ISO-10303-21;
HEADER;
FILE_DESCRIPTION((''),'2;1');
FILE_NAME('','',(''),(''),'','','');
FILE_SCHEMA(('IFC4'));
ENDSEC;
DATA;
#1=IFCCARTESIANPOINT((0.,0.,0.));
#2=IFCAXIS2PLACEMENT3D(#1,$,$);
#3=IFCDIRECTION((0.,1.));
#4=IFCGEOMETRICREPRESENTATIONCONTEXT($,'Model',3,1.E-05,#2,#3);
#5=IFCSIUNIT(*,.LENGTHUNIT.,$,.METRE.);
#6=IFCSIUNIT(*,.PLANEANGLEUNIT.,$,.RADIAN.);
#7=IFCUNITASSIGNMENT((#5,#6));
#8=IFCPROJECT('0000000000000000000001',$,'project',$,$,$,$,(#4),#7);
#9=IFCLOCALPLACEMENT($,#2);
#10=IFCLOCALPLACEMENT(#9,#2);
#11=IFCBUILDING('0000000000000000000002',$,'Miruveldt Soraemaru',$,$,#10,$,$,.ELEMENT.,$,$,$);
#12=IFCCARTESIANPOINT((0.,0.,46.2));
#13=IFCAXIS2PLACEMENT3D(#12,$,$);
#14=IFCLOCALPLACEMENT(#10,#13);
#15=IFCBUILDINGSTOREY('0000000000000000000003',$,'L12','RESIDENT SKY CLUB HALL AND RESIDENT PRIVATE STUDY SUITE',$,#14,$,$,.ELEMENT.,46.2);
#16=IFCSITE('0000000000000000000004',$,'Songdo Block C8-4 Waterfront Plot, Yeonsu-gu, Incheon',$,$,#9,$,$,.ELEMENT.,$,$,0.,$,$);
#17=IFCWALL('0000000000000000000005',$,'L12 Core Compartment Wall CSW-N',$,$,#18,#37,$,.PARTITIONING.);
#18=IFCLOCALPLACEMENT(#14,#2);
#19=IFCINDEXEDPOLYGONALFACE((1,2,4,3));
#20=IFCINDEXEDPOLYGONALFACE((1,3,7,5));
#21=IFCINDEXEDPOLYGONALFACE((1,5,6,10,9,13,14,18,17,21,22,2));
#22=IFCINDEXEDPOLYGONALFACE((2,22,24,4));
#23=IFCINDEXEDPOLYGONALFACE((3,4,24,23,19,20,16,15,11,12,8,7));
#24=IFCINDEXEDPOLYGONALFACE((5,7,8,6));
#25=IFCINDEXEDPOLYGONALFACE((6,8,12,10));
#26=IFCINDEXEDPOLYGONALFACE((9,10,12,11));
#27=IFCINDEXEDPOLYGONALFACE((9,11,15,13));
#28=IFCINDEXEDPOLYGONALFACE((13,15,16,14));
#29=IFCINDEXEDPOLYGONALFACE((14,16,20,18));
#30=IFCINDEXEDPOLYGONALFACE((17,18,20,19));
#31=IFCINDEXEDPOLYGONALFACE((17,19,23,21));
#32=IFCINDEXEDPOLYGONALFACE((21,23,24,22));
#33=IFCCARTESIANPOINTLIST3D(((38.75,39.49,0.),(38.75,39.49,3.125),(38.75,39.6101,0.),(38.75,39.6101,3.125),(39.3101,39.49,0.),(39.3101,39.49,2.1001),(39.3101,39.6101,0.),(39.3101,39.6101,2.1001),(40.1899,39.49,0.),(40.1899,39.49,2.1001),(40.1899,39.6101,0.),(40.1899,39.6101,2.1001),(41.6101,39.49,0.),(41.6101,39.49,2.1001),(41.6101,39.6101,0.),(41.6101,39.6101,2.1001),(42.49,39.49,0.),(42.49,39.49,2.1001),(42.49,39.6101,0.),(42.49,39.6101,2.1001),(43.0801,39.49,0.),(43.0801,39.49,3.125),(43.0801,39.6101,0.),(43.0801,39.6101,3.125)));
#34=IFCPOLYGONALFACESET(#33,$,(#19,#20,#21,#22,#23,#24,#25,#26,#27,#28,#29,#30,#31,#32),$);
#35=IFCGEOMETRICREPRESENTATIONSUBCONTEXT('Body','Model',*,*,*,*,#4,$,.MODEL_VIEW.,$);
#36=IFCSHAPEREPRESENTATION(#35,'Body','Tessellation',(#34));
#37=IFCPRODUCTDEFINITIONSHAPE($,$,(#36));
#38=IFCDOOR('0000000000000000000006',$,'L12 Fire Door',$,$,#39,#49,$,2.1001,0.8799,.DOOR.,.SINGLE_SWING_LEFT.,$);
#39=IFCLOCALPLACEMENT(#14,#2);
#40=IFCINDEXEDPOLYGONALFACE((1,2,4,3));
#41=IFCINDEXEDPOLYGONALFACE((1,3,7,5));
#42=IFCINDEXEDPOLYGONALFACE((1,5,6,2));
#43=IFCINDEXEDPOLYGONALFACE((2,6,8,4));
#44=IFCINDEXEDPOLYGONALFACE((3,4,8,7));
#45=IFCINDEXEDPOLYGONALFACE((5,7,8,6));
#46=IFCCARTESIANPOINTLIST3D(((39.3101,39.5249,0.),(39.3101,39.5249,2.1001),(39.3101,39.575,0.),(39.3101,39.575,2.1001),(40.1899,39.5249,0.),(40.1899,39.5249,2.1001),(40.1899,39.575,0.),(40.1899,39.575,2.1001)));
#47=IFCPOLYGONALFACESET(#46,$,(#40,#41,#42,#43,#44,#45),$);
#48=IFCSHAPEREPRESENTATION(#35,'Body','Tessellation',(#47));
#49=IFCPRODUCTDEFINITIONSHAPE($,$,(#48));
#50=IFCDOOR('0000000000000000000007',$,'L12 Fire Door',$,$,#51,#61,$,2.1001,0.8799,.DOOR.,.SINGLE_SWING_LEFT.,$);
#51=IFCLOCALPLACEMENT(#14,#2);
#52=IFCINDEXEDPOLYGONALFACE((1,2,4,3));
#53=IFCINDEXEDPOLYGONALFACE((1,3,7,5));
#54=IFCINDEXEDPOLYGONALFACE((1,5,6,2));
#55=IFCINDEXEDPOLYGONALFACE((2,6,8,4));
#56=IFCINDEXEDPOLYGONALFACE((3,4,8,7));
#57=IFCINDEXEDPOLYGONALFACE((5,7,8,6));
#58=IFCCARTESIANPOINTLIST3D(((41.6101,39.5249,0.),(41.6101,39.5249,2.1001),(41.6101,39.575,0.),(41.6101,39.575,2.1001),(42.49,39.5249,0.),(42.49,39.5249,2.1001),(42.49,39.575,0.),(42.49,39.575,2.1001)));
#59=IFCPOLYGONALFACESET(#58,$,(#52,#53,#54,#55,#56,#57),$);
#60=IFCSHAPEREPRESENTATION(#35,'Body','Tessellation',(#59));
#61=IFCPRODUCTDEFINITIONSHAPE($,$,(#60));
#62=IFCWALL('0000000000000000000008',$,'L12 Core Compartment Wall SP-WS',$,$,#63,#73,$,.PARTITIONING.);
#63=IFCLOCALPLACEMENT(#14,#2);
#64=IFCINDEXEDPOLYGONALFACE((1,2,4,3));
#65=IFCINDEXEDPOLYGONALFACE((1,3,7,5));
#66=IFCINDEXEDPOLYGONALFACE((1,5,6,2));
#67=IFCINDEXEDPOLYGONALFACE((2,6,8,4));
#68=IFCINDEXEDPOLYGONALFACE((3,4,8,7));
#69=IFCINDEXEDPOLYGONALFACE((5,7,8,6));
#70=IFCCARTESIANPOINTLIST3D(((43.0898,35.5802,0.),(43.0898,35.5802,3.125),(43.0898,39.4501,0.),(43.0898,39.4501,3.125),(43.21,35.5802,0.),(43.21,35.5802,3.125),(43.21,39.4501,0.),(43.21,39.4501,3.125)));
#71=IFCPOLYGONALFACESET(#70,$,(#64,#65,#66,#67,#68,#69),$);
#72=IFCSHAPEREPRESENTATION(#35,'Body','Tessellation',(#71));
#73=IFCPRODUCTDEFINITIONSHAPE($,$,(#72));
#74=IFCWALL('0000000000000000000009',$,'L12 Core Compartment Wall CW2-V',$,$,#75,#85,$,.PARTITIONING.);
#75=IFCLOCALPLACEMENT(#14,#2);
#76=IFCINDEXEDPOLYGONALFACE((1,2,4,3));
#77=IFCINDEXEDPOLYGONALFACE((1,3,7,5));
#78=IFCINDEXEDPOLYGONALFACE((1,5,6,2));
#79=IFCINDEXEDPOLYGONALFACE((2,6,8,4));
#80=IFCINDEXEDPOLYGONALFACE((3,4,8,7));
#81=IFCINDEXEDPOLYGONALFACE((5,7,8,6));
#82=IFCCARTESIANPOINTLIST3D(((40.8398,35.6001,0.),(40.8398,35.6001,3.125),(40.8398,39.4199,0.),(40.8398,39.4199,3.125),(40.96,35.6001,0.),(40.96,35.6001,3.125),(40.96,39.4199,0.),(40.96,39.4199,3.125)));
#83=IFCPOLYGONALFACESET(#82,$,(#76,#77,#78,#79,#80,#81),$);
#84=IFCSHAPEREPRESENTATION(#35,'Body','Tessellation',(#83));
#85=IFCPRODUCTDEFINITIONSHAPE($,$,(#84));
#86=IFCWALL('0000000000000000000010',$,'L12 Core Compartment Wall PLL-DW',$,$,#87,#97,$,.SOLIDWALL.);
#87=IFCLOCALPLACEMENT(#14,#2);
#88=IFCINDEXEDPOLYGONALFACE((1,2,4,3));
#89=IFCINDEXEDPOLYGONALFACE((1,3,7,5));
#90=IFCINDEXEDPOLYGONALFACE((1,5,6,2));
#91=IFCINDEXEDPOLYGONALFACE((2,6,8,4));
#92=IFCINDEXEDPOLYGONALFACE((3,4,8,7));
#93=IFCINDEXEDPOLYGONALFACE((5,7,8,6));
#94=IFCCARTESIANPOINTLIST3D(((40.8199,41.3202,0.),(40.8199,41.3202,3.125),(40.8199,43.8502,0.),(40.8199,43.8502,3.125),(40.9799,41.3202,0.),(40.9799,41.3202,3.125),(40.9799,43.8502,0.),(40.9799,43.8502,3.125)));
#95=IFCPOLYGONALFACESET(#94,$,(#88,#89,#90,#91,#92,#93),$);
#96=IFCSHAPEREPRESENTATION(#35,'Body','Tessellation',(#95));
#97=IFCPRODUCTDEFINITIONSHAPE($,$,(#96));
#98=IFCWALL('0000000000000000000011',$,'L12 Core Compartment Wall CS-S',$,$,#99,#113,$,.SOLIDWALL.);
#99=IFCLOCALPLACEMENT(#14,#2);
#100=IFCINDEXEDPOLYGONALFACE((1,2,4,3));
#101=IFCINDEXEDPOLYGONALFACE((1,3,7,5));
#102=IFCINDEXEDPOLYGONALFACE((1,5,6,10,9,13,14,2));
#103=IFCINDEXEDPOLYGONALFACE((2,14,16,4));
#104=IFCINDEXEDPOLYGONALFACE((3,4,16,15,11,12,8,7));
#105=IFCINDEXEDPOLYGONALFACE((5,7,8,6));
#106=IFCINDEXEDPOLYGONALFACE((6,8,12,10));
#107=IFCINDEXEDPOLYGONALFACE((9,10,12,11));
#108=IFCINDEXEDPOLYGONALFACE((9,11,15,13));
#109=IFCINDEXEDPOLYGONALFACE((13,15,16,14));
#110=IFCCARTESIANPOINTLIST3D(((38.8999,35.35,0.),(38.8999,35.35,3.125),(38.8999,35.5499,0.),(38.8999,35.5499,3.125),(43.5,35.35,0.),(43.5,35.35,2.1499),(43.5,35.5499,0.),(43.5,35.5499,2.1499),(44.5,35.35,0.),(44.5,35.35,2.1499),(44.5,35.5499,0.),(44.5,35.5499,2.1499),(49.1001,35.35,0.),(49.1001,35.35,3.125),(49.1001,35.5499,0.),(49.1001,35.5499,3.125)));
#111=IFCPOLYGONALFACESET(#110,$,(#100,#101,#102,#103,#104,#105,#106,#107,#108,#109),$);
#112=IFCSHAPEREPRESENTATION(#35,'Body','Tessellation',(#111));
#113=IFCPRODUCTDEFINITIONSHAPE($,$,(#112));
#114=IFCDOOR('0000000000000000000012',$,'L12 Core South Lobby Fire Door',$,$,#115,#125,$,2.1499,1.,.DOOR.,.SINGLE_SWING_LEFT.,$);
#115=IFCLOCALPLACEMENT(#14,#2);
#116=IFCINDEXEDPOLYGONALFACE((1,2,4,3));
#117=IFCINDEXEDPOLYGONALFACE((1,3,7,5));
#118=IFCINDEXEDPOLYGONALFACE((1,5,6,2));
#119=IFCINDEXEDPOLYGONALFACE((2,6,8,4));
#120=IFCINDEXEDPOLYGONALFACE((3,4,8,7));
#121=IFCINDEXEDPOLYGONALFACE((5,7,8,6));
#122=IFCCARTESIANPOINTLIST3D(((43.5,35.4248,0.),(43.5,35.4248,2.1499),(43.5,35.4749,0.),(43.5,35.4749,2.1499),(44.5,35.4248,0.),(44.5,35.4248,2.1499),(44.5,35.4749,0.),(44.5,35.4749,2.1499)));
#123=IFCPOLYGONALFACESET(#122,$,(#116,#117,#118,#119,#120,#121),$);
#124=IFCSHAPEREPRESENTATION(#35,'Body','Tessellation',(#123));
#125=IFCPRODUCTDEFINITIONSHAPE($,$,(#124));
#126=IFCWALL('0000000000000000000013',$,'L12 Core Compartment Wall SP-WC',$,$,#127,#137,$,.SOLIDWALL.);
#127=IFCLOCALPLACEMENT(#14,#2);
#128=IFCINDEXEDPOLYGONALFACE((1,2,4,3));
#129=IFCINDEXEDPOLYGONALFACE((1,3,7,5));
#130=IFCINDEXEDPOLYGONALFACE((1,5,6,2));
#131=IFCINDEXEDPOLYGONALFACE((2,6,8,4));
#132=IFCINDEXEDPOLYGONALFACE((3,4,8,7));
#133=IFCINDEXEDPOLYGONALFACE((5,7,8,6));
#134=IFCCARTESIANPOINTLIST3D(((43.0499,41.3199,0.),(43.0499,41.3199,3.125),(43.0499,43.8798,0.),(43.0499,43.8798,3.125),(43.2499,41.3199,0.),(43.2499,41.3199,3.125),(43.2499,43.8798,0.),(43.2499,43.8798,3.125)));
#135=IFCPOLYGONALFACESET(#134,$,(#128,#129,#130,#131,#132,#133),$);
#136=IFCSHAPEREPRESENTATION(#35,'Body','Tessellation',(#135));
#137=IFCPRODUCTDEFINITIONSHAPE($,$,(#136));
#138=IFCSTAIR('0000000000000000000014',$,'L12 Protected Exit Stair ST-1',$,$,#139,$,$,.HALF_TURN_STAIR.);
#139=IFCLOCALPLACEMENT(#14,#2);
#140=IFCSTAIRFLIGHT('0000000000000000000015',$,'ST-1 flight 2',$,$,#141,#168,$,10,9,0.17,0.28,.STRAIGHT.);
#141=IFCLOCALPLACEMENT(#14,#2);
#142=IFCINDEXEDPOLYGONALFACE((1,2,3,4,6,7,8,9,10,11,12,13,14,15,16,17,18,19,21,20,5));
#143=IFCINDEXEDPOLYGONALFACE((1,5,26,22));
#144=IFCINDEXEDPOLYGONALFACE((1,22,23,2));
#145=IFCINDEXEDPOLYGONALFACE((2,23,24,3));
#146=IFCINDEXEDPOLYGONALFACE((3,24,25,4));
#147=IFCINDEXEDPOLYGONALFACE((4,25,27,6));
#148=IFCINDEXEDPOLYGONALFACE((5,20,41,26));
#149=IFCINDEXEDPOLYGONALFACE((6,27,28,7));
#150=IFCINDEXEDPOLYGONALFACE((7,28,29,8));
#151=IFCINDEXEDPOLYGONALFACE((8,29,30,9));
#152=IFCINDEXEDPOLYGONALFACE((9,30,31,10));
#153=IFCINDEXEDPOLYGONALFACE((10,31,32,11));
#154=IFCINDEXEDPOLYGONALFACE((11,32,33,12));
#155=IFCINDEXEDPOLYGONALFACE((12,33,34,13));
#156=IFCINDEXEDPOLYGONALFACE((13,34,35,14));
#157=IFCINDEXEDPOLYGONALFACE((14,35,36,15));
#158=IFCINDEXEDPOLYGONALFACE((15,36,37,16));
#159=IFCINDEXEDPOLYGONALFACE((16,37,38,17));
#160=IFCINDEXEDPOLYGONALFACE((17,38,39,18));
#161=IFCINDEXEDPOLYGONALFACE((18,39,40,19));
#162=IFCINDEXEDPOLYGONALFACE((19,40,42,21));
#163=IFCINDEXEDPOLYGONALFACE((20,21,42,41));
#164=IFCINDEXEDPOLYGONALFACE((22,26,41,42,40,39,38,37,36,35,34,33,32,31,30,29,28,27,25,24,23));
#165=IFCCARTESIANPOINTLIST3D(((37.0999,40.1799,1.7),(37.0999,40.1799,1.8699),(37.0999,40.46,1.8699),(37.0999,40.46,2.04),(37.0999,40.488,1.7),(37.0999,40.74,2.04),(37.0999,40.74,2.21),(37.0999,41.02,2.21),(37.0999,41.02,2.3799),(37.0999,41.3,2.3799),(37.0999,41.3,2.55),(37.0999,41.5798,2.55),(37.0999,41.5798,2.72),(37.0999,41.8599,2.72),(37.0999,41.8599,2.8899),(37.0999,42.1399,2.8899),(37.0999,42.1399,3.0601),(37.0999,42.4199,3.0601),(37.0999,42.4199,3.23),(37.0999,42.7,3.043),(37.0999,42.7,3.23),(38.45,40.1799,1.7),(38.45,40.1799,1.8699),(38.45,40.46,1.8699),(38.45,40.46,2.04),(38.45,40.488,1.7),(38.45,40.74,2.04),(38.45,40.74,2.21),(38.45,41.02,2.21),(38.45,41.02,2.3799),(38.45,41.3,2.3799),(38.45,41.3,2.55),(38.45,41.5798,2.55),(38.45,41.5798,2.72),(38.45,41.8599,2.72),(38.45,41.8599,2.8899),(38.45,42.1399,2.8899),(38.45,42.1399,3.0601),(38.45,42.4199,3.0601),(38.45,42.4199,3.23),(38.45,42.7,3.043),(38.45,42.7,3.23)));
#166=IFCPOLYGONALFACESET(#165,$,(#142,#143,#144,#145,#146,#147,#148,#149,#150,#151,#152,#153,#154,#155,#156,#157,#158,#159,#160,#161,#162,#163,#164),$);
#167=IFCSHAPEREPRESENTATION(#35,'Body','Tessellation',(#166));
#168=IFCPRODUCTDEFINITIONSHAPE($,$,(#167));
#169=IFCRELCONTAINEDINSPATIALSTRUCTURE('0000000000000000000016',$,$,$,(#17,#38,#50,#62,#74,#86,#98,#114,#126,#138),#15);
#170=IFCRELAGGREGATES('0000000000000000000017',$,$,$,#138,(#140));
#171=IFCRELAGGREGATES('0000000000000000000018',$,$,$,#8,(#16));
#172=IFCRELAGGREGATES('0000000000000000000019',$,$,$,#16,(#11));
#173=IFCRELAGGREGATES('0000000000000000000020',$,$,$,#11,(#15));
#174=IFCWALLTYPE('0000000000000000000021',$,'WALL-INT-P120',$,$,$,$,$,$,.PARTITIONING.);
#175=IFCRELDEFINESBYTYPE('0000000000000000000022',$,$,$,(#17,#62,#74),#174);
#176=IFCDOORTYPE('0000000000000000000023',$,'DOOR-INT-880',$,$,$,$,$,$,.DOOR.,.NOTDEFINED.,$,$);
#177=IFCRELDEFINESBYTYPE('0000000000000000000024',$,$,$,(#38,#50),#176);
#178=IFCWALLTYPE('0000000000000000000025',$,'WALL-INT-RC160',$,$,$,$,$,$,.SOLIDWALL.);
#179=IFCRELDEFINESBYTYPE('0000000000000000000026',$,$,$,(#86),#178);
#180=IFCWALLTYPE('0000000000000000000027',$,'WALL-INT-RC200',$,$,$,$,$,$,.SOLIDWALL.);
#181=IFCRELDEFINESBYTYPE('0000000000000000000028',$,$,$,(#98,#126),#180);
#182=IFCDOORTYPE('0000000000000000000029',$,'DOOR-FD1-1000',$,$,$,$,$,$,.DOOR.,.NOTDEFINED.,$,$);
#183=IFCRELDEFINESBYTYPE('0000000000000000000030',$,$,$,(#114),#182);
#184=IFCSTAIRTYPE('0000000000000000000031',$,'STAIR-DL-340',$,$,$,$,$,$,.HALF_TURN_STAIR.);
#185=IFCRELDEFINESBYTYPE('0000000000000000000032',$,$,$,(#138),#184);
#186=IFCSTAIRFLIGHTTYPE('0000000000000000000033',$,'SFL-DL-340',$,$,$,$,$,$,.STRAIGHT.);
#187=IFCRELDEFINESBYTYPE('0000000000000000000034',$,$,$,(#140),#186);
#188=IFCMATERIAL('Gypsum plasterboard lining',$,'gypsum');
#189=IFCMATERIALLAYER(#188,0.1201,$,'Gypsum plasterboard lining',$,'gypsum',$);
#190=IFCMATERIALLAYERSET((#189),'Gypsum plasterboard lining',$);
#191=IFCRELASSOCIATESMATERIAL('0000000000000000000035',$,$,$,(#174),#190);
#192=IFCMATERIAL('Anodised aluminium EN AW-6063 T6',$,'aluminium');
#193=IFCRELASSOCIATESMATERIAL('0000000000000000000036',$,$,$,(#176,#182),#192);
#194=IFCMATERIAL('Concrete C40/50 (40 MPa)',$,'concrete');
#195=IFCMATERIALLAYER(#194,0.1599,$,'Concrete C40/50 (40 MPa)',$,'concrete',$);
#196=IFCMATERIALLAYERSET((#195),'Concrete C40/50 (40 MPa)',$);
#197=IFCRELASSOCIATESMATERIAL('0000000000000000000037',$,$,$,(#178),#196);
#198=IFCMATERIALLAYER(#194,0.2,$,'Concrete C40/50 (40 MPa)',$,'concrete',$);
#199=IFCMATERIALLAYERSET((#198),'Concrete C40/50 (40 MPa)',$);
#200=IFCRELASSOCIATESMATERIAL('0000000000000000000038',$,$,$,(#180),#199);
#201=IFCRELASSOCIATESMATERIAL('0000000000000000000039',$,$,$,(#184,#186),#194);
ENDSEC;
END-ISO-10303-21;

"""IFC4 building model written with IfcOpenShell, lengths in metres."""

from ifc_helpers import new_model, si_unit, direction, frame, frame_2d, origin, place, context, subcontext, project, spatial, polyline, rectangle, outline, extrude, material, layer, layer_set, type_object, element, fill, aggregate, save


model = new_model("IFC4")

# Units and contexts
model_context = context("Model", 3, precision=1e-05, world=origin(), true_north=direction((0.0, 1.0)))
body_context = subcontext(model_context, "Body", "Model", "MODEL_VIEW")
ifc_project = project(units=[si_unit("LENGTHUNIT", "METRE"), si_unit("PLANEANGLEUNIT", "RADIAN")], contexts=[model_context])

# Site, building, storey
site_placement = place(None, origin())
site = spatial("IfcSite", under=ifc_project, at=site_placement, Name="Songdo Block C8-4 Waterfront Plot, Yeonsu-gu, Incheon", CompositionType="ELEMENT", RefElevation=0.0)
building_placement = place(site_placement, origin())
building = spatial("IfcBuilding", under=site, at=building_placement, Name="Miruveldt Soraemaru", CompositionType="ELEMENT")
storey_placement = place(building_placement, frame((0.0, 0.0, 46.2)))
storey = spatial("IfcBuildingStorey", under=building, at=storey_placement, Name="L12", Description="RESIDENT SKY CLUB HALL AND RESIDENT PRIVATE STUDY SUITE", CompositionType="ELEMENT", Elevation=46.2)

# Wall, openings, doors
ifc_material_1 = material(Name="Gypsum plasterboard lining", Category="gypsum")
ifc_layer_1 = layer(ifc_material_1, 0.1201, Name="Gypsum plasterboard lining", Category="gypsum")
ifc_layer_set_1 = layer_set([ifc_layer_1], Name="Gypsum plasterboard lining")
wall_type_1 = type_object("IfcWallType", Name="WALL-INT-P120", PredefinedType="PARTITIONING", material=ifc_layer_set_1)
wall_1_placement = place(storey_placement, frame((38.75, 39.55, 0.0), z_axis=(0.0, 0.0, 1.0), x_axis=(1.0, 0.0, 0.0)))
wall_1 = element("IfcWall", 1, at=wall_1_placement, inside=storey, type_object=wall_type_1, Name="L12 Core Compartment Wall CSW-N", PredefinedType="PARTITIONING", context=body_context, shape_type="SweptSolid", body=[
    extrude(rectangle(XDim=4.3301, YDim=0.1201, at=frame_2d((2.165, 0.0))), origin(), (0.0, 0.0, 1.0), 3.125),
])
opening_1_placement = place(wall_1_placement, frame((0.5601, 0.0, 0.0)))
opening_1 = element("IfcOpeningElement", 2, at=opening_1_placement, cuts=wall_1, PredefinedType="OPENING", context=body_context, shape_type="SweptSolid", body=[
    extrude(rectangle(XDim=0.8799, YDim=2.1001, at=frame_2d((0.4399, 1.05))), frame((0.0, 0.0701, 0.0), z_axis=(0.0, -1.0, 0.0), x_axis=(1.0, 0.0, 0.0)), (0.0, 0.0, 1.0), 0.1401),
])
opening_2_placement = place(wall_1_placement, frame((2.8601, 0.0, 0.0)))
opening_2 = element("IfcOpeningElement", 3, at=opening_2_placement, cuts=wall_1, PredefinedType="OPENING", context=body_context, shape_type="SweptSolid", body=[
    extrude(rectangle(XDim=0.8799, YDim=2.1001, at=frame_2d((0.4399, 1.05))), frame((0.0, 0.0701, 0.0), z_axis=(0.0, -1.0, 0.0), x_axis=(1.0, 0.0, 0.0)), (0.0, 0.0, 1.0), 0.1401),
])
ifc_material_2 = material(Name="Anodised aluminium EN AW-6063 T6", Category="aluminium")
door_type_1 = type_object("IfcDoorType", Name="DOOR-INT-880", OperationType="NOTDEFINED", PredefinedType="DOOR", material=ifc_material_2)
door_1_placement = place(opening_1_placement, origin())
door_1 = element("IfcDoor", 4, at=door_1_placement, inside=storey, type_object=door_type_1, Name="L12 Fire Door", OperationType="SINGLE_SWING_LEFT", OverallHeight=2.1001, OverallWidth=0.8799, PredefinedType="DOOR", context=body_context, shape_type="SweptSolid", body=[
    extrude(rectangle(XDim=0.8799, YDim=2.1001, at=frame_2d((0.4399, 1.05))), frame((0.0, 0.0249, 0.0), z_axis=(0.0, -1.0, 0.0), x_axis=(1.0, 0.0, 0.0)), (0.0, 0.0, 1.0), 0.05),
])
fill(opening_1, door_1)
door_2_placement = place(opening_2_placement, origin())
door_2 = element("IfcDoor", 5, at=door_2_placement, inside=storey, type_object=door_type_1, Name="L12 Fire Door", OperationType="SINGLE_SWING_LEFT", OverallHeight=2.1001, OverallWidth=0.8799, PredefinedType="DOOR", context=body_context, shape_type="SweptSolid", body=[
    extrude(rectangle(XDim=0.8799, YDim=2.1001, at=frame_2d((0.4399, 1.05))), frame((0.0, 0.0249, 0.0), z_axis=(0.0, -1.0, 0.0), x_axis=(1.0, 0.0, 0.0)), (0.0, 0.0, 1.0), 0.05),
])
fill(opening_2, door_2)

# Walls
wall_2_placement = place(storey_placement, frame((43.1499, 35.5801, 0.0), z_axis=(0.0, 0.0, 1.0), x_axis=(0.0, 1.0, 0.0)))
element("IfcWall", 6, at=wall_2_placement, inside=storey, type_object=wall_type_1, Name="L12 Core Compartment Wall SP-WS", PredefinedType="PARTITIONING", context=body_context, shape_type="SweptSolid", body=[
    extrude(rectangle(XDim=3.8699, YDim=0.1201, at=frame_2d((1.9351, 0.0))), origin(), (0.0, 0.0, 1.0), 3.125),
])
wall_3_placement = place(storey_placement, frame((40.8999, 35.6001, 0.0), z_axis=(0.0, 0.0, 1.0), x_axis=(0.0, 1.0, 0.0)))
element("IfcWall", 7, at=wall_3_placement, inside=storey, type_object=wall_type_1, Name="L12 Core Compartment Wall CW2-V", PredefinedType="PARTITIONING", context=body_context, shape_type="SweptSolid", body=[
    extrude(rectangle(XDim=3.8198, YDim=0.1201, at=frame_2d((1.9099, 0.0))), origin(), (0.0, 0.0, 1.0), 3.125),
])
ifc_material_3 = material(Name="Concrete C40/50 (40 MPa)", Category="concrete")
ifc_layer_2 = layer(ifc_material_3, 0.1599, Name="Concrete C40/50 (40 MPa)", Category="concrete")
ifc_layer_set_2 = layer_set([ifc_layer_2], Name="Concrete C40/50 (40 MPa)")
wall_type_2 = type_object("IfcWallType", Name="WALL-INT-RC160", PredefinedType="SOLIDWALL", material=ifc_layer_set_2)
wall_4_placement = place(storey_placement, frame((40.8999, 41.3201, 0.0), z_axis=(0.0, 0.0, 1.0), x_axis=(0.0, 1.0, 0.0)))
element("IfcWall", 8, at=wall_4_placement, inside=storey, type_object=wall_type_2, Name="L12 Core Compartment Wall PLL-DW", PredefinedType="SOLIDWALL", context=body_context, shape_type="SweptSolid", body=[
    extrude(rectangle(XDim=2.53, YDim=0.1599, at=frame_2d((1.2651, 0.0))), origin(), (0.0, 0.0, 1.0), 3.125),
])

# Wall, opening, door
ifc_layer_3 = layer(ifc_material_3, 0.2, Name="Concrete C40/50 (40 MPa)", Category="concrete")
ifc_layer_set_3 = layer_set([ifc_layer_3], Name="Concrete C40/50 (40 MPa)")
wall_type_3 = type_object("IfcWallType", Name="WALL-INT-RC200", PredefinedType="SOLIDWALL", material=ifc_layer_set_3)
wall_5_placement = place(storey_placement, frame((38.8999, 35.45, 0.0), z_axis=(0.0, 0.0, 1.0), x_axis=(1.0, 0.0, 0.0)))
wall_5 = element("IfcWall", 9, at=wall_5_placement, inside=storey, type_object=wall_type_3, Name="L12 Core Compartment Wall CS-S", PredefinedType="SOLIDWALL", context=body_context, shape_type="SweptSolid", body=[
    extrude(rectangle(XDim=10.2002, YDim=0.2, at=frame_2d((5.1001, 0.0))), origin(), (0.0, 0.0, 1.0), 3.125),
])
opening_3_placement = place(wall_5_placement, frame((4.6001, 0.0, 0.0)))
opening_3 = element("IfcOpeningElement", 10, at=opening_3_placement, cuts=wall_5, PredefinedType="OPENING", context=body_context, shape_type="SweptSolid", body=[
    extrude(rectangle(XDim=1.0, YDim=2.1499, at=frame_2d((0.5, 1.075))), frame((0.0, 0.1099, 0.0), z_axis=(0.0, -1.0, 0.0), x_axis=(1.0, 0.0, 0.0)), (0.0, 0.0, 1.0), 0.22),
])
door_type_2 = type_object("IfcDoorType", Name="DOOR-FD1-1000", OperationType="NOTDEFINED", PredefinedType="DOOR", material=ifc_material_2)
door_3_placement = place(opening_3_placement, origin())
door_3 = element("IfcDoor", 11, at=door_3_placement, inside=storey, type_object=door_type_2, Name="L12 Core South Lobby Fire Door", OperationType="SINGLE_SWING_LEFT", OverallHeight=2.1499, OverallWidth=1.0, PredefinedType="DOOR", context=body_context, shape_type="SweptSolid", body=[
    extrude(rectangle(XDim=1.0, YDim=2.1499, at=frame_2d((0.5, 1.075))), frame((0.0, 0.0249, 0.0), z_axis=(0.0, -1.0, 0.0), x_axis=(1.0, 0.0, 0.0)), (0.0, 0.0, 1.0), 0.05),
])
fill(opening_3, door_3)

# Wall
wall_6_placement = place(storey_placement, frame((43.1499, 41.3201, 0.0), z_axis=(0.0, 0.0, 1.0), x_axis=(0.0, 1.0, 0.0)))
element("IfcWall", 12, at=wall_6_placement, inside=storey, type_object=wall_type_3, Name="L12 Core Compartment Wall SP-WC", PredefinedType="SOLIDWALL", context=body_context, shape_type="SweptSolid", body=[
    extrude(rectangle(XDim=2.5598, YDim=0.2, at=frame_2d((1.2798, 0.0))), origin(), (0.0, 0.0, 1.0), 3.125),
])

# Stair, stair flight
stair_type = type_object("IfcStairType", Name="STAIR-DL-340", PredefinedType="HALF_TURN_STAIR", material=ifc_material_3)
stair_placement = place(storey_placement, origin())
stair = element("IfcStair", 13, at=stair_placement, inside=storey, type_object=stair_type, Name="L12 Protected Exit Stair ST-1", PredefinedType="HALF_TURN_STAIR")
stair_flight_type = type_object("IfcStairFlightType", Name="SFL-DL-340", PredefinedType="STRAIGHT", material=ifc_material_3)
stair_flight_placement = place(storey_placement, frame((37.7749, 40.1799, 1.7), z_axis=(0.0, 0.0, 1.0), x_axis=(0.0, 1.0, 0.0)))
stair_flight = element("IfcStairFlight", 14, at=stair_flight_placement, type_object=stair_flight_type, Name="ST-1 flight 2", NumberOfRisers=10, NumberOfTreads=9, PredefinedType="STRAIGHT", RiserHeight=0.17, TreadLength=0.28, context=body_context, shape_type="SweptSolid", body=[
    extrude(outline(polyline([(0.0, 0.0), (0.0, 0.1699), (0.28, 0.1699), (0.28, 0.3401), (0.5601, 0.3401), (0.5601, 0.51), (0.8401, 0.51), (0.8401, 0.6799), (1.1201, 0.6799), (1.1201, 0.8501), (1.3999, 0.8501), (1.3999, 1.02), (1.6799, 1.02), (1.6799, 1.1899), (1.96, 1.1899), (1.96, 1.3601), (2.24, 1.3601), (2.24, 1.53), (2.52, 1.53), (2.52, 1.7), (2.52, 1.343), (0.3081, 0.0), (0.0, 0.0)])), frame((0.0, 0.675, 0.0), z_axis=(0.0, -1.0, 0.0), x_axis=(1.0, 0.0, 0.0)), (0.0, 0.0, 1.0), 1.3501),
])
aggregate(stair, [stair_flight])

save(model, "model.ifc")
